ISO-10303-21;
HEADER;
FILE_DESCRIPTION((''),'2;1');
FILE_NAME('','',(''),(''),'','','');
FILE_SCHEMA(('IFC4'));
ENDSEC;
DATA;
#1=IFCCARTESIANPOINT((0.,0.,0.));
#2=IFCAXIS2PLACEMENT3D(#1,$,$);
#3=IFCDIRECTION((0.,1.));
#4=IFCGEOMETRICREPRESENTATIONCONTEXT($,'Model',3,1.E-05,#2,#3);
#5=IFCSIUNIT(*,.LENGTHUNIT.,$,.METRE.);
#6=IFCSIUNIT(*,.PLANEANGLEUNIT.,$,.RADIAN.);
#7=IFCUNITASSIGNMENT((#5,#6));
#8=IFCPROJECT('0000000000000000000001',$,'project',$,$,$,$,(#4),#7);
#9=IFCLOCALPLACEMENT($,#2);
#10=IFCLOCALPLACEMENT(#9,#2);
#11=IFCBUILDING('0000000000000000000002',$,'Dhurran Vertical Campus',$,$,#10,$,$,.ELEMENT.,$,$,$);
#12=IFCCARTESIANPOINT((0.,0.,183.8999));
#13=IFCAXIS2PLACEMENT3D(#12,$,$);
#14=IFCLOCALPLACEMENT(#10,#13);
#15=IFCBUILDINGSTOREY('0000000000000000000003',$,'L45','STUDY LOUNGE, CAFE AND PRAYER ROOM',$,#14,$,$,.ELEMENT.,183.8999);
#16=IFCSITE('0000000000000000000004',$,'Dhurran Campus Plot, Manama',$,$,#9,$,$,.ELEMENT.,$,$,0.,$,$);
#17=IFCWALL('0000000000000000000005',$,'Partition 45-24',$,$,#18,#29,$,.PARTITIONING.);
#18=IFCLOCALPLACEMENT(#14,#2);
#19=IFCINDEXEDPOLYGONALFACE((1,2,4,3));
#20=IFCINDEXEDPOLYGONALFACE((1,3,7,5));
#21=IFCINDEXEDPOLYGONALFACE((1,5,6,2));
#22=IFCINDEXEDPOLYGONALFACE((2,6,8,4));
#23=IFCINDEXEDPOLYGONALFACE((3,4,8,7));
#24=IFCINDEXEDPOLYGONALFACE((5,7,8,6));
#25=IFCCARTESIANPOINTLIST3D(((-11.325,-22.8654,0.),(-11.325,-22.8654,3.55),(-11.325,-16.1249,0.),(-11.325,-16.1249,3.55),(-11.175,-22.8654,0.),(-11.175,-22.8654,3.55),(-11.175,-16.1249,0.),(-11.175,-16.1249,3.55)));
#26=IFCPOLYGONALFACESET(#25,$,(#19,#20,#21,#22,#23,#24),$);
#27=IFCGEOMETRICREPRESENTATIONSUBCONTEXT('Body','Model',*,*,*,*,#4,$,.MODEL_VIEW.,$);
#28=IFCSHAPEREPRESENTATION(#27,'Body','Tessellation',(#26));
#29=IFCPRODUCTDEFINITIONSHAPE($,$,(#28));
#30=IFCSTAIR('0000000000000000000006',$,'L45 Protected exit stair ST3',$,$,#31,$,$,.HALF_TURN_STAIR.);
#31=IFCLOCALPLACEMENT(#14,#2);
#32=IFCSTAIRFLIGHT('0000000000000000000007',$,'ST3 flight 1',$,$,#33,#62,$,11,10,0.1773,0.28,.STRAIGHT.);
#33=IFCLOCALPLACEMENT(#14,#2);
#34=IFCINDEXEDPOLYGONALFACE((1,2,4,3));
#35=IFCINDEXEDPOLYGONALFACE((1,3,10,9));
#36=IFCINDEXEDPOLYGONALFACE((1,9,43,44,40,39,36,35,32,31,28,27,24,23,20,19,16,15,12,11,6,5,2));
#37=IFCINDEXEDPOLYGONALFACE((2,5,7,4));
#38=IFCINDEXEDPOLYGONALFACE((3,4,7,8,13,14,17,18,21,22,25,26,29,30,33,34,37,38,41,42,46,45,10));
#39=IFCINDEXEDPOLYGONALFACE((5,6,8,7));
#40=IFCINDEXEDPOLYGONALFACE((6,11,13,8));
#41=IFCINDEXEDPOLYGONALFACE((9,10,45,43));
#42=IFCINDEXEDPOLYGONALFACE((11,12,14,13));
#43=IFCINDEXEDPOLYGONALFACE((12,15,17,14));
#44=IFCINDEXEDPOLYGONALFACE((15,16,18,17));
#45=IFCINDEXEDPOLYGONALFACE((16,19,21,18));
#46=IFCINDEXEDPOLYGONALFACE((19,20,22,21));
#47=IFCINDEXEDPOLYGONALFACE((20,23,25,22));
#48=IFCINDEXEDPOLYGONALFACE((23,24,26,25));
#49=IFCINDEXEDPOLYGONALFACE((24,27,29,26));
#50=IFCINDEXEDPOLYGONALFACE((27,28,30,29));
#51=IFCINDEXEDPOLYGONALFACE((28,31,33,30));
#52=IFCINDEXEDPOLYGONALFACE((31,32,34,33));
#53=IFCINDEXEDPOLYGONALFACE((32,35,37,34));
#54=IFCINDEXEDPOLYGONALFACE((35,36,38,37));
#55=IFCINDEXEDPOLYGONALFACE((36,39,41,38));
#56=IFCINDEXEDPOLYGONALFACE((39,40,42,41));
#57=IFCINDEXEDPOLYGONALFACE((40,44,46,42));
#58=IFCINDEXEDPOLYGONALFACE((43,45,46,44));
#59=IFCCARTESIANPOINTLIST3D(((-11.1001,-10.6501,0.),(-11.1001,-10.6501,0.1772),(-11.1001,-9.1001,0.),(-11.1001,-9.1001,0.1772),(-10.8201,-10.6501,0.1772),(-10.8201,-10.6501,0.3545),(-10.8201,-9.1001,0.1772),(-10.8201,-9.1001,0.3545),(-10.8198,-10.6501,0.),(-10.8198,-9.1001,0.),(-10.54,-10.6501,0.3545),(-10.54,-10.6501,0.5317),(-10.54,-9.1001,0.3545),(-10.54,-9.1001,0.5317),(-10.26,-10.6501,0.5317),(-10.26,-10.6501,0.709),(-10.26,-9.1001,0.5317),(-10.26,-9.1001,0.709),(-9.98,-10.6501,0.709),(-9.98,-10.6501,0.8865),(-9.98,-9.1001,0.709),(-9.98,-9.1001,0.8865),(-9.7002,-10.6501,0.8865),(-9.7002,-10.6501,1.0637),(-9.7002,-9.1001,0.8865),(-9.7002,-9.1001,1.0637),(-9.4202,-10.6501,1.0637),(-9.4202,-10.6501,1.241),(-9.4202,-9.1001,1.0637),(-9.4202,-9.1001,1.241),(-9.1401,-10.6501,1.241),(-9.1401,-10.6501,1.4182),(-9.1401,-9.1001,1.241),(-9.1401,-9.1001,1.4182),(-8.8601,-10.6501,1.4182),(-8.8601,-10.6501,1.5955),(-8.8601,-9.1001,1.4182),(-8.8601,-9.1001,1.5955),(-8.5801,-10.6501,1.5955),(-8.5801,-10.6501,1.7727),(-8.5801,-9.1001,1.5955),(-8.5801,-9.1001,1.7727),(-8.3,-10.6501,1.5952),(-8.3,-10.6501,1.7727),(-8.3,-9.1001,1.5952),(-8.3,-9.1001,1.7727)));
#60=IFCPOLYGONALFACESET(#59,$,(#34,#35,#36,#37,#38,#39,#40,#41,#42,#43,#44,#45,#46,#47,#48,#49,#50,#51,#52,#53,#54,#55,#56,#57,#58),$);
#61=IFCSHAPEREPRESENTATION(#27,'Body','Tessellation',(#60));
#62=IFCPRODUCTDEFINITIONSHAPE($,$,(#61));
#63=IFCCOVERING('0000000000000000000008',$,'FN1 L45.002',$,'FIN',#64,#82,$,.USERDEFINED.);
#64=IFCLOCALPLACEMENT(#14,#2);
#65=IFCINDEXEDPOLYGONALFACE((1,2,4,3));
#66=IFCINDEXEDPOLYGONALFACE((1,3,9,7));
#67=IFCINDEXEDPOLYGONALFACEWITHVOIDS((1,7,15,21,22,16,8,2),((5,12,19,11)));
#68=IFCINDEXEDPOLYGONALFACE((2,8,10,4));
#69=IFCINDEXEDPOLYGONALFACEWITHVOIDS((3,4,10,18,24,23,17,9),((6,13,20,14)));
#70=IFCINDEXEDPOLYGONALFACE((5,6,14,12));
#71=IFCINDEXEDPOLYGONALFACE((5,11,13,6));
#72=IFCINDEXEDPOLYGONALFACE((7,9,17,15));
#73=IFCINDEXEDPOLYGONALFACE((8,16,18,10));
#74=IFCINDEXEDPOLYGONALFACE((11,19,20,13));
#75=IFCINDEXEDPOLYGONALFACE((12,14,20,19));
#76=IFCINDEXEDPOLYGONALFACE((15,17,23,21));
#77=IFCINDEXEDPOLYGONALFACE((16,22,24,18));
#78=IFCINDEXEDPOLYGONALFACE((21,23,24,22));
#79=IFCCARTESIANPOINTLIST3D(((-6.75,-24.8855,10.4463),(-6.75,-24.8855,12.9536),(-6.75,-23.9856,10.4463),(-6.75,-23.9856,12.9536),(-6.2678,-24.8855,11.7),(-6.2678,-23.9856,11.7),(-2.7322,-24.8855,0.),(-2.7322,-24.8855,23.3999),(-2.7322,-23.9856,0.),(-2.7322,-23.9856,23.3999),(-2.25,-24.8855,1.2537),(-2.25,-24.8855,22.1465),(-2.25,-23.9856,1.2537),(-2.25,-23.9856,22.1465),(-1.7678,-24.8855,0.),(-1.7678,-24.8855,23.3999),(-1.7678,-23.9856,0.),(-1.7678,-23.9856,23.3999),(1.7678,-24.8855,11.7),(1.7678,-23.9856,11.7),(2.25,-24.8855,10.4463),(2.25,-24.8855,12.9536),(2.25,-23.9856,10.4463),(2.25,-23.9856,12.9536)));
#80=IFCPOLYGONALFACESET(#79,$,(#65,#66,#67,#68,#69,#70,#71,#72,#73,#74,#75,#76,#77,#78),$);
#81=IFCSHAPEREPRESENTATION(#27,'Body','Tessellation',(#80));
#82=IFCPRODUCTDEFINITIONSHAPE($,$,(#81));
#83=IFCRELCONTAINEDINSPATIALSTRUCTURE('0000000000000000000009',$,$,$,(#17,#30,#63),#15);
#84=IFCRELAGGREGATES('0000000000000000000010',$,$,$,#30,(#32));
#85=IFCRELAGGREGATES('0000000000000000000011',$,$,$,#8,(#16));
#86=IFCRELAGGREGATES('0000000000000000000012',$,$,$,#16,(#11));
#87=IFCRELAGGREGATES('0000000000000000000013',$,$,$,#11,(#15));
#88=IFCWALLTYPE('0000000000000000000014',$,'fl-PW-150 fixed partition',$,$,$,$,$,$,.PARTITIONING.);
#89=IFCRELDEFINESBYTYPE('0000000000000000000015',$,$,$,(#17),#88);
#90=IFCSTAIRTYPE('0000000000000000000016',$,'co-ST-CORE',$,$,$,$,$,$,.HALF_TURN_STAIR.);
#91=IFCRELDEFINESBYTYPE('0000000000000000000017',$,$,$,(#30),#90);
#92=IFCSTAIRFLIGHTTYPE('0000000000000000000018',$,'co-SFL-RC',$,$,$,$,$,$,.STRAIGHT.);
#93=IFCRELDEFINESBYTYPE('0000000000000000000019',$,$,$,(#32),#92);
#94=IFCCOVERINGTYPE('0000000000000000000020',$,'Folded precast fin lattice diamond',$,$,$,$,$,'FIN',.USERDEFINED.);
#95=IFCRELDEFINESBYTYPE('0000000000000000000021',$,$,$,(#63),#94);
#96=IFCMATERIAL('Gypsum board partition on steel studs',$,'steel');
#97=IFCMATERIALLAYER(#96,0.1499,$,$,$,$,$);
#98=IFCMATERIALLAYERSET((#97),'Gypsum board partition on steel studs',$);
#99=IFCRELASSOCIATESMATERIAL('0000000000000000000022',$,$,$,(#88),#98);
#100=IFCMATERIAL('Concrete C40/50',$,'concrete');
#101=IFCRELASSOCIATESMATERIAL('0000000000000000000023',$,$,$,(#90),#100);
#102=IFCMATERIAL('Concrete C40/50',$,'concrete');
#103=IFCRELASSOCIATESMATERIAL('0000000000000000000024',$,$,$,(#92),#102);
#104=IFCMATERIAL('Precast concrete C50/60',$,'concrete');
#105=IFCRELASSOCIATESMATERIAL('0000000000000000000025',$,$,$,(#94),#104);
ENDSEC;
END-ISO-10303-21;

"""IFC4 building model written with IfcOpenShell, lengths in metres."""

from ifc_helpers import new_model, si_unit, direction, frame, frame_2d, origin, place, context, subcontext, project, spatial, polyline, rectangle, outline, extrude, material, layer, layer_set, type_object, element, aggregate, save


model = new_model("IFC4")

# Units and contexts
model_context = context("Model", 3, precision=1e-05, world=origin(), true_north=direction((0.0, 1.0)))
body_context = subcontext(model_context, "Body", "Model", "MODEL_VIEW")
ifc_project = project(units=[si_unit("LENGTHUNIT", "METRE"), si_unit("PLANEANGLEUNIT", "RADIAN")], contexts=[model_context])

# Site, building, storey
site_placement = place(None, origin())
site = spatial("IfcSite", under=ifc_project, at=site_placement, Name="Dhurran Campus Plot, Manama", CompositionType="ELEMENT", RefElevation=0.0)
building_placement = place(site_placement, origin())
building = spatial("IfcBuilding", under=site, at=building_placement, Name="Dhurran Vertical Campus", CompositionType="ELEMENT")
storey_placement = place(building_placement, frame((0.0, 0.0, 183.8999)))
storey = spatial("IfcBuildingStorey", under=building, at=storey_placement, Name="L45", Description="STUDY LOUNGE, CAFE AND PRAYER ROOM", CompositionType="ELEMENT", Elevation=183.8999)

# Wall
ifc_material_1 = material(Name="Gypsum board partition on steel studs", Category="steel")
ifc_layer_1 = layer(ifc_material_1, 0.1499)
ifc_layer_set_1 = layer_set([ifc_layer_1], Name="Gypsum board partition on steel studs")
wall_type_1 = type_object("IfcWallType", Name="fl-PW-150 fixed partition", PredefinedType="PARTITIONING", material=ifc_layer_set_1)
wall_1_placement = place(storey_placement, frame((-11.25, -16.125, 0.0), z_axis=(0.0, 0.0, 1.0), x_axis=(0.0, -1.0, 0.0)))
element("IfcWall", 1, at=wall_1_placement, inside=storey, type_object=wall_type_1, Name="Partition 45-24", PredefinedType="PARTITIONING", context=body_context, shape_type="SweptSolid", body=[
    extrude(rectangle(XDim=6.7405, YDim=0.1499, at=frame_2d((3.3701, 0.0))), origin(), (0.0, 0.0, 1.0), 3.55),
])

# Stair, stair flight
ifc_material_2 = material(Name="Concrete C40/50", Category="concrete")
stair_type = type_object("IfcStairType", Name="co-ST-CORE", PredefinedType="HALF_TURN_STAIR", material=ifc_material_2)
stair_placement = place(storey_placement, origin())
stair = element("IfcStair", 2, at=stair_placement, inside=storey, type_object=stair_type, Name="L45 Protected exit stair ST3", PredefinedType="HALF_TURN_STAIR")
ifc_material_3 = material(Name="Concrete C40/50", Category="concrete")
stair_flight_type = type_object("IfcStairFlightType", Name="co-SFL-RC", PredefinedType="STRAIGHT", material=ifc_material_3)
stair_flight_placement = place(storey_placement, frame((-11.1001, -9.875, 0.0), z_axis=(0.0, 0.0, 1.0), x_axis=(1.0, 0.0, 0.0)))
stair_flight = element("IfcStairFlight", 3, at=stair_flight_placement, type_object=stair_flight_type, Name="ST3 flight 1", NumberOfRisers=11, NumberOfTreads=10, PredefinedType="STRAIGHT", RiserHeight=0.1773, TreadLength=0.28, context=body_context, shape_type="SweptSolid", body=[
    extrude(outline(polyline([(0.0, 0.0), (0.0, 0.1772), (0.28, 0.1772), (0.28, 0.3545), (0.5601, 0.3545), (0.5601, 0.5317), (0.8401, 0.5317), (0.8401, 0.709), (1.1201, 0.709), (1.1201, 0.8865), (1.3999, 0.8865), (1.3999, 1.0637), (1.6799, 1.0637), (1.6799, 1.241), (1.96, 1.241), (1.96, 1.4182), (2.24, 1.4182), (2.24, 1.5955), (2.52, 1.5955), (2.52, 1.7727), (2.8, 1.7727), (2.8, 1.95), (2.8, 1.5952), (0.2803, 0.0), (0.0, 0.0)])), frame((0.0, 0.7749, 0.0), z_axis=(0.0, -1.0, 0.0), x_axis=(1.0, 0.0, 0.0)), (0.0, 0.0, 1.0), 1.55),
])
aggregate(stair, [stair_flight])

# Covering
ifc_material_4 = material(Name="Precast concrete C50/60", Category="concrete")
covering_type = type_object("IfcCoveringType", Name="Folded precast fin lattice diamond", ElementType="FIN", PredefinedType="USERDEFINED", material=ifc_material_4)
covering_placement = place(storey_placement, frame((-6.75, -23.9856, 0.0), z_axis=(0.0, -1.0, 0.0), x_axis=(1.0, 0.0, 0.0)))
element("IfcCovering", 4, at=covering_placement, inside=storey, type_object=covering_type, Name="FN1 L45.002", ObjectType="FIN", PredefinedType="USERDEFINED", context=body_context, shape_type="SweptSolid", body=[
    extrude(outline(polyline([(9.0, 12.9536), (9.0, 10.4463), (4.9822, 0.0), (4.0178, 0.0), (0.0, 10.4463), (0.0, 12.9536), (4.0178, 23.3999), (4.9822, 23.3999), (9.0, 12.9536)]), holes=[polyline([(8.5178, 11.7), (4.5, 22.1465), (0.4822, 11.7), (4.5, 1.2537), (8.5178, 11.7)])]), origin(), (0.0, 0.0, 1.0), 0.8999),
])

save(model, "model.ifc")
